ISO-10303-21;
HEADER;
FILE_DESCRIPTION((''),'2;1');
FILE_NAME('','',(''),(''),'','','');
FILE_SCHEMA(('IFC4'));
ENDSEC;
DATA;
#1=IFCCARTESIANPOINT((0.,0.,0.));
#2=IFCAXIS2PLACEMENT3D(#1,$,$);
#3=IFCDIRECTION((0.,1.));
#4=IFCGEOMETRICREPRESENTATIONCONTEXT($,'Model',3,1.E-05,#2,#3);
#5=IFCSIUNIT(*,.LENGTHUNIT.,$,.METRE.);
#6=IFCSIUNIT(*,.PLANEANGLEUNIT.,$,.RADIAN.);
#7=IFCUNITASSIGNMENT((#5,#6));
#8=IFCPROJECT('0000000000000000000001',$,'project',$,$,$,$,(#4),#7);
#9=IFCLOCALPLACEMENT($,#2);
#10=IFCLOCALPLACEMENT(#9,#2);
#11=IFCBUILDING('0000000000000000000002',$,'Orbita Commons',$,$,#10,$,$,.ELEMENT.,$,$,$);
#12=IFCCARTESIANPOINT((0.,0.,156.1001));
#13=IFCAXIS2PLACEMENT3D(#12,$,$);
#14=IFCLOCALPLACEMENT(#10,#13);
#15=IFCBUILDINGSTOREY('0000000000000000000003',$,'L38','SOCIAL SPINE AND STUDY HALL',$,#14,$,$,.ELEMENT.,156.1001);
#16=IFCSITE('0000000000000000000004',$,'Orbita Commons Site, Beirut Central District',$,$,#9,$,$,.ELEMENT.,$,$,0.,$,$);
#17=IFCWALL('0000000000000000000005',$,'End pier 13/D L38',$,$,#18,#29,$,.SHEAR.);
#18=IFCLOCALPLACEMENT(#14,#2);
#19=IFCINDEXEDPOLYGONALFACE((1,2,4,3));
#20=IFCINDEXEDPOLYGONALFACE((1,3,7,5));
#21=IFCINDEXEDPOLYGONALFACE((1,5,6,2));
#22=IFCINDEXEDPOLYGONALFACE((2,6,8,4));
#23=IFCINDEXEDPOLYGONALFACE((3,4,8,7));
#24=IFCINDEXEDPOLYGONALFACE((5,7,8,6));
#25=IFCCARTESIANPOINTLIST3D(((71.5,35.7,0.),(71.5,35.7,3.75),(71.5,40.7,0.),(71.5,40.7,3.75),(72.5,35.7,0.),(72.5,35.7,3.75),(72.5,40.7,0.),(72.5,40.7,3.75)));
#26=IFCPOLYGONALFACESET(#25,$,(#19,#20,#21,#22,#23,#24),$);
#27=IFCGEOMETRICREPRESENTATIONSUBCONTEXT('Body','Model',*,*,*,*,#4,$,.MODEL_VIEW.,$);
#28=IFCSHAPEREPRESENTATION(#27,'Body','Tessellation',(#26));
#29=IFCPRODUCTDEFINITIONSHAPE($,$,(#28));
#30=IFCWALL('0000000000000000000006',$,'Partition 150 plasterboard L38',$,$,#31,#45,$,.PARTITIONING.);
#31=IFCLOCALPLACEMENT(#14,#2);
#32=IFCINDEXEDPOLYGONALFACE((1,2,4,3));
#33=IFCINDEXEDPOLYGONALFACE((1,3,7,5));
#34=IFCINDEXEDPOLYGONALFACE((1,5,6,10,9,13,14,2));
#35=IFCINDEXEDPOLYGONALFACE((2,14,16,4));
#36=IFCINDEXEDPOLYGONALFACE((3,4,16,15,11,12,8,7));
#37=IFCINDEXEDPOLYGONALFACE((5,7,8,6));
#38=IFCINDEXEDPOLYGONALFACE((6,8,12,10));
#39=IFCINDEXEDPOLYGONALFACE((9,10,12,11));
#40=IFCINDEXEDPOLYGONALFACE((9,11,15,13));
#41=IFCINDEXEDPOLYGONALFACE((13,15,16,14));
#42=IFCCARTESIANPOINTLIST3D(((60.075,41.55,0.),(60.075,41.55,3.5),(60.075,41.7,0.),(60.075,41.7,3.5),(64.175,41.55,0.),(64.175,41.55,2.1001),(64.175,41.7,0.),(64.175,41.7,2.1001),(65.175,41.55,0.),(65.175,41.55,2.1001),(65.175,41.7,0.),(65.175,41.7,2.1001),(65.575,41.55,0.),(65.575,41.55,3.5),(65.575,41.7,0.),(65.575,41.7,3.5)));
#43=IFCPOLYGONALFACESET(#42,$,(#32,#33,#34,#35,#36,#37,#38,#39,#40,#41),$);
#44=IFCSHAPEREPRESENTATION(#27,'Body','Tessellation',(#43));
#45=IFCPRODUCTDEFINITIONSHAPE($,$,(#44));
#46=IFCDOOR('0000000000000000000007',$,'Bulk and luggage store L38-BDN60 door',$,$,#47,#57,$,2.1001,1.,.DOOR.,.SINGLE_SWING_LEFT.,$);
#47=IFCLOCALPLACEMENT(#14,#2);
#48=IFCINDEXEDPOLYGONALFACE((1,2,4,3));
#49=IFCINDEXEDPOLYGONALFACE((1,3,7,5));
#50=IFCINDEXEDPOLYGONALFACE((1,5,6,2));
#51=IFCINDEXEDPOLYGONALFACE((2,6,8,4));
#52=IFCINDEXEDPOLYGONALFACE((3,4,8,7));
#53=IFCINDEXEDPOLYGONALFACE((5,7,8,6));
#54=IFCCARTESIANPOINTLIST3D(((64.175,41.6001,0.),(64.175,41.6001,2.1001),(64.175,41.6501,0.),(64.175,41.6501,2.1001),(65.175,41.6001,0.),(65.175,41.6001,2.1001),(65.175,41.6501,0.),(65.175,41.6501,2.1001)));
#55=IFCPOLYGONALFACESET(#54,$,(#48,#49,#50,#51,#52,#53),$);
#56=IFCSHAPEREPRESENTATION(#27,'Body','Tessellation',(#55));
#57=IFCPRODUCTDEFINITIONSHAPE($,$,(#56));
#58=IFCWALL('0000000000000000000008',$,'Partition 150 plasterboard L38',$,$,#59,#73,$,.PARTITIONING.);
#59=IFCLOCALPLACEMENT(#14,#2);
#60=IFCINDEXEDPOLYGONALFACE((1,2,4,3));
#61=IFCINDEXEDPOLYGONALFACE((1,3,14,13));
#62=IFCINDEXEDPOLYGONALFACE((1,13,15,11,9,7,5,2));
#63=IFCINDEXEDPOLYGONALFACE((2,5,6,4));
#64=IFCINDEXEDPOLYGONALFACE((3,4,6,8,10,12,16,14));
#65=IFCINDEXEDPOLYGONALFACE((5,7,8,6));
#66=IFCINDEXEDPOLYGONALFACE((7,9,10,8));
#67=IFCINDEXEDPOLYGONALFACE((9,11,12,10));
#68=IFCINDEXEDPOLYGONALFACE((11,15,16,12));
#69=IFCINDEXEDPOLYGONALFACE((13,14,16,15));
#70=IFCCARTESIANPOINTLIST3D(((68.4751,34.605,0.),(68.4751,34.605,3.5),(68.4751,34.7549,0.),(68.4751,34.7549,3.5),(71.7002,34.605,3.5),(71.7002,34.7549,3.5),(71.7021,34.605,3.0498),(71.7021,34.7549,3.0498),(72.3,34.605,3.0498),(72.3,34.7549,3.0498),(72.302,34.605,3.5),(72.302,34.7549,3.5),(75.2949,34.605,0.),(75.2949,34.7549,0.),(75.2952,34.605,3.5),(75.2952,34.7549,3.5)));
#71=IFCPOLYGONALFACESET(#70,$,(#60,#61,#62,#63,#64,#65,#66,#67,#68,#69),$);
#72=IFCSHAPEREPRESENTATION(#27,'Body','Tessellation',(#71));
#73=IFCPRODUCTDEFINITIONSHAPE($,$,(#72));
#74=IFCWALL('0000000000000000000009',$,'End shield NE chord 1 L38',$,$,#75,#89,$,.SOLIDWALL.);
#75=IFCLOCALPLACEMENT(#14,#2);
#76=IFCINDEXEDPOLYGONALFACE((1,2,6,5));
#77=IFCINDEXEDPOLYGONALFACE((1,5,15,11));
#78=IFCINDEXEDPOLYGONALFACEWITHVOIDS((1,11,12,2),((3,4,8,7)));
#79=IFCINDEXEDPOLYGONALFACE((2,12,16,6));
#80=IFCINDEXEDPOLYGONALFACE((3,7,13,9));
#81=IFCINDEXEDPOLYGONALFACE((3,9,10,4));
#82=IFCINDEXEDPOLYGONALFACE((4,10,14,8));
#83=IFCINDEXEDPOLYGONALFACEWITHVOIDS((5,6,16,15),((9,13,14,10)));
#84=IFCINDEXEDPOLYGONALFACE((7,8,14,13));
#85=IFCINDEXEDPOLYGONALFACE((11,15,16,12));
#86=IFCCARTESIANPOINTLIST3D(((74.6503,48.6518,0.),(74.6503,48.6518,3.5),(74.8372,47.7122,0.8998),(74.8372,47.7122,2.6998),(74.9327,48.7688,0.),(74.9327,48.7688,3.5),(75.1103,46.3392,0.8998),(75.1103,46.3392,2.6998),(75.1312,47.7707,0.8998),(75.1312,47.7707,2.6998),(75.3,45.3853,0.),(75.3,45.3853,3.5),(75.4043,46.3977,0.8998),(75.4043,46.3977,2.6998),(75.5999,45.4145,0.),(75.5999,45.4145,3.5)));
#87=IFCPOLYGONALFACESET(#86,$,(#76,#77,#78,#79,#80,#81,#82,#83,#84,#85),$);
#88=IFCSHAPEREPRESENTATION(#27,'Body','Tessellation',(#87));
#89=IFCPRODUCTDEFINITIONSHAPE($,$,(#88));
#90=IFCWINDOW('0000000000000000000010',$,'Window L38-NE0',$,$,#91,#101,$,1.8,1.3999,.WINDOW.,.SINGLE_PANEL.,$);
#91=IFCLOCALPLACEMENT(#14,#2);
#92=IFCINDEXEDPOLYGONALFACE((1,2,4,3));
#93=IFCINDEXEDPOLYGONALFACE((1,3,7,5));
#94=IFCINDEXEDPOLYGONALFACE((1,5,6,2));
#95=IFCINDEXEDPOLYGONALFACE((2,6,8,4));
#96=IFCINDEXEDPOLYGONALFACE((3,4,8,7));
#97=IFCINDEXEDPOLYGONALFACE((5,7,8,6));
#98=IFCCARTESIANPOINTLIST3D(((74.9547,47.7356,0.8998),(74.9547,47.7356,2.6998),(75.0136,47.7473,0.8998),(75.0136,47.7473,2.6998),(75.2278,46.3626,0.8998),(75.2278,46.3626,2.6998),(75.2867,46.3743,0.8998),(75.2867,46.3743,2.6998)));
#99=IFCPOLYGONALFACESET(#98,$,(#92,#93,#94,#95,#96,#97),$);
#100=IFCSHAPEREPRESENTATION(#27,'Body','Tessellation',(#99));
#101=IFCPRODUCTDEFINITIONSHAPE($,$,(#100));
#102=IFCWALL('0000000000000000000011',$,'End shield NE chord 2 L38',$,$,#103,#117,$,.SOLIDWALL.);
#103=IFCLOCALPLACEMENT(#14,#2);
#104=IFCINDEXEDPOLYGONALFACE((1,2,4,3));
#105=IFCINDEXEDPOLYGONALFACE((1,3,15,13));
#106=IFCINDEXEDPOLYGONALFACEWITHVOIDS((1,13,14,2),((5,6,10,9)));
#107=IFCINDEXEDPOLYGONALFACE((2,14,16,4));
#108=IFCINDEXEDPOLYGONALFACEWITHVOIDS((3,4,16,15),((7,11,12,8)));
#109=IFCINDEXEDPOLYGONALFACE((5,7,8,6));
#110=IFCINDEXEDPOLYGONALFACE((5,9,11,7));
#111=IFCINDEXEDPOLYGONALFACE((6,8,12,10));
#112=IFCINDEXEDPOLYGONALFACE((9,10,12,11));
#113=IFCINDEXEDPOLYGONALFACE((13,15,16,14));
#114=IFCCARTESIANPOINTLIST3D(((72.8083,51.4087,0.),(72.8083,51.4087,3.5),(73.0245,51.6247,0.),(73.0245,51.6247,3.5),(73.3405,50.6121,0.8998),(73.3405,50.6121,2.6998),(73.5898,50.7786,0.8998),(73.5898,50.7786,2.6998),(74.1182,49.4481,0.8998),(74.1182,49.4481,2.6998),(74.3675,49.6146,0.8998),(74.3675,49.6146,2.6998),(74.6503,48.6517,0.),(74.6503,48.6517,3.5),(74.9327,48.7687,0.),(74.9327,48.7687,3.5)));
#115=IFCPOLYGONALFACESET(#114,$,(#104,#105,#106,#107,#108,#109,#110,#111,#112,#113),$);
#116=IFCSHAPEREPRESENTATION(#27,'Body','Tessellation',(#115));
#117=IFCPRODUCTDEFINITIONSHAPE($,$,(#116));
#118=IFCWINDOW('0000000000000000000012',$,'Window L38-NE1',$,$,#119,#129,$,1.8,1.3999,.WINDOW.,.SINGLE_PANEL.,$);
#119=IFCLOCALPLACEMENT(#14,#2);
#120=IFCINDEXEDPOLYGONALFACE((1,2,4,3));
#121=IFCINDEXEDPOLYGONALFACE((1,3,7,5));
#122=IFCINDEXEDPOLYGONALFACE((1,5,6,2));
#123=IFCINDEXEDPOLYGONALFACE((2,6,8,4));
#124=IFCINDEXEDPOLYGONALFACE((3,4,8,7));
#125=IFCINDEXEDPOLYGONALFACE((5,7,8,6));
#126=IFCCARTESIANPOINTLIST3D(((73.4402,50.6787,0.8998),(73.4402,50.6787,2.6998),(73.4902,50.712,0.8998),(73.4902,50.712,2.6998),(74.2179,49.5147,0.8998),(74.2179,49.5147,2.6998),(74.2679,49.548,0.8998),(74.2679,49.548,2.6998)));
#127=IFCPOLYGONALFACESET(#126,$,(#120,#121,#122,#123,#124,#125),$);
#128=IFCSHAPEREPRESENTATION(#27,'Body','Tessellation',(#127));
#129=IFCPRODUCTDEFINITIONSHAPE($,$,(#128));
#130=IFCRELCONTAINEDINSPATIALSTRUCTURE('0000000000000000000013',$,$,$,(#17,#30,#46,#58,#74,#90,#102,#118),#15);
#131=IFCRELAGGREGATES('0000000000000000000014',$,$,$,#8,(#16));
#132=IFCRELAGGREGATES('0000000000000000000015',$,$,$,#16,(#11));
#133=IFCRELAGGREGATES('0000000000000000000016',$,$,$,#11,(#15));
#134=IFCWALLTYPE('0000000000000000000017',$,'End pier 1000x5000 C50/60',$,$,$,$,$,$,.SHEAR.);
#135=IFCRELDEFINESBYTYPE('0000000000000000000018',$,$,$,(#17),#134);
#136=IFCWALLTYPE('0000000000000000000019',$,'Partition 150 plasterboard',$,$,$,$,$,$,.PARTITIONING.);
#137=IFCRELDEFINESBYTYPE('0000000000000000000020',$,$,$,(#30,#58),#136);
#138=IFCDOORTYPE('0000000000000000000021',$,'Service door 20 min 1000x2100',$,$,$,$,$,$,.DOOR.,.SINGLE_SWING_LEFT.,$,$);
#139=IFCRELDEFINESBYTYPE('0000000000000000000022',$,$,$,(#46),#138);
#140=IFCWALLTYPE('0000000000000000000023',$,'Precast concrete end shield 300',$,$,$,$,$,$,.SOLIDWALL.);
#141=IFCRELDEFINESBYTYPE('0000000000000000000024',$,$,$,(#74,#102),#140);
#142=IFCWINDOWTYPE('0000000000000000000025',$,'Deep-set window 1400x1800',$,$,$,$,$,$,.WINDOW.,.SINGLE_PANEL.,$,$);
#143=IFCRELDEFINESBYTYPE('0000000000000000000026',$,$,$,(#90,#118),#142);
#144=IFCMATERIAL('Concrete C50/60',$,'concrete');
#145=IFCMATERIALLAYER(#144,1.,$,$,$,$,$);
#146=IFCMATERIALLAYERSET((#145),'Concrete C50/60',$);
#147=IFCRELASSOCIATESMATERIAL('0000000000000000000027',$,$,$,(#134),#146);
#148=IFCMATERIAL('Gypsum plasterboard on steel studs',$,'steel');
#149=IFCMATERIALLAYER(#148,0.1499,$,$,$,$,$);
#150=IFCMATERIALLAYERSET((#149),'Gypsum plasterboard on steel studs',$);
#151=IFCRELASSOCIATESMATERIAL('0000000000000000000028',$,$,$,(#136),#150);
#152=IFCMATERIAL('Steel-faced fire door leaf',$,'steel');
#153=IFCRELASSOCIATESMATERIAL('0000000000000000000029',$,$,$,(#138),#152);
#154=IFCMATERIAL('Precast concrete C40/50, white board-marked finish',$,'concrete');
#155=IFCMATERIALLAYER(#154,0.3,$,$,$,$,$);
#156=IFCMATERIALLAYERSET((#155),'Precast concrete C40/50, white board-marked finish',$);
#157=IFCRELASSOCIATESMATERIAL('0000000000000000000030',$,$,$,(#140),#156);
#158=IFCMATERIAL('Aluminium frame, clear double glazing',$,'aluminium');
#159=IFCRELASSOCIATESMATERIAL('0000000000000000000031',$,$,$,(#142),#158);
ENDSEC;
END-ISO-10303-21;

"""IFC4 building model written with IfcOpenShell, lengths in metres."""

from ifc_helpers import new_model, si_unit, direction, frame, frame_2d, origin, place, context, subcontext, project, spatial, polyline, rectangle, outline, extrude, material, layer, layer_set, type_object, element, fill, save


model = new_model("IFC4")

# Units and contexts
model_context = context("Model", 3, precision=1e-05, world=origin(), true_north=direction((0.0, 1.0)))
body_context = subcontext(model_context, "Body", "Model", "MODEL_VIEW")
ifc_project = project(units=[si_unit("LENGTHUNIT", "METRE"), si_unit("PLANEANGLEUNIT", "RADIAN")], contexts=[model_context])

# Site, building, storey
site_placement = place(None, origin())
site = spatial("IfcSite", under=ifc_project, at=site_placement, Name="Orbita Commons Site, Beirut Central District", CompositionType="ELEMENT", RefElevation=0.0)
building_placement = place(site_placement, origin())
building = spatial("IfcBuilding", under=site, at=building_placement, Name="Orbita Commons", CompositionType="ELEMENT")
storey_placement = place(building_placement, frame((0.0, 0.0, 156.1001)))
storey = spatial("IfcBuildingStorey", under=building, at=storey_placement, Name="L38", Description="SOCIAL SPINE AND STUDY HALL", CompositionType="ELEMENT", Elevation=156.1001)

# Wall
ifc_material_1 = material(Name="Concrete C50/60", Category="concrete")
ifc_layer_1 = layer(ifc_material_1, 1.0)
ifc_layer_set_1 = layer_set([ifc_layer_1], Name="Concrete C50/60")
wall_type_1 = type_object("IfcWallType", Name="End pier 1000x5000 C50/60", PredefinedType="SHEAR", material=ifc_layer_set_1)
wall_1_placement = place(storey_placement, frame((72.0, 35.7, 0.0), z_axis=(0.0, 0.0, 1.0), x_axis=(0.0, 1.0, 0.0)))
element("IfcWall", 1, at=wall_1_placement, inside=storey, type_object=wall_type_1, Name="End pier 13/D L38", PredefinedType="SHEAR", context=body_context, shape_type="SweptSolid", body=[
    extrude(rectangle(XDim=5.0, YDim=1.0, at=frame_2d((2.5, 0.0))), origin(), (0.0, 0.0, 1.0), 3.75),
])

# Wall, opening, door
ifc_material_2 = material(Name="Gypsum plasterboard on steel studs", Category="steel")
ifc_layer_2 = layer(ifc_material_2, 0.1499)
ifc_layer_set_2 = layer_set([ifc_layer_2], Name="Gypsum plasterboard on steel studs")
wall_type_2 = type_object("IfcWallType", Name="Partition 150 plasterboard", PredefinedType="PARTITIONING", material=ifc_layer_set_2)
wall_2_placement = place(storey_placement, frame((65.575, 41.625, 0.0), z_axis=(0.0, 0.0, 1.0), x_axis=(-1.0, 0.0, 0.0)))
wall_2 = element("IfcWall", 2, at=wall_2_placement, inside=storey, type_object=wall_type_2, Name="Partition 150 plasterboard L38", PredefinedType="PARTITIONING", context=body_context, shape_type="SweptSolid", body=[
    extrude(rectangle(XDim=5.5, YDim=0.1499, at=frame_2d((2.75, 0.0))), origin(), (0.0, 0.0, 1.0), 3.5),
])
opening_1_placement = place(wall_2_placement, frame((0.3999, 0.0, 0.0)))
opening_1 = element("IfcOpeningElement", 3, at=opening_1_placement, cuts=wall_2, PredefinedType="OPENING", context=body_context, shape_type="SweptSolid", body=[
    extrude(rectangle(XDim=1.0, YDim=2.1001, at=frame_2d((0.5, 1.05))), frame((0.0, 0.085, 0.0), z_axis=(0.0, -1.0, 0.0), x_axis=(1.0, 0.0, 0.0)), (0.0, 0.0, 1.0), 0.1699),
])
ifc_material_3 = material(Name="Steel-faced fire door leaf", Category="steel")
door_type_1 = type_object("IfcDoorType", Name="Service door 20 min 1000x2100", OperationType="SINGLE_SWING_LEFT", PredefinedType="DOOR", material=ifc_material_3)
door_1_placement = place(opening_1_placement, origin())
door_1 = element("IfcDoor", 4, at=door_1_placement, inside=storey, type_object=door_type_1, Name="Bulk and luggage store L38-BDN60 door", OperationType="SINGLE_SWING_LEFT", OverallHeight=2.1001, OverallWidth=1.0, PredefinedType="DOOR", context=body_context, shape_type="SweptSolid", body=[
    extrude(rectangle(XDim=1.0, YDim=2.1001, at=frame_2d((0.5, 1.05))), frame((0.0, 0.0249, 0.0), z_axis=(0.0, -1.0, 0.0), x_axis=(1.0, 0.0, 0.0)), (0.0, 0.0, 1.0), 0.05),
])
fill(opening_1, door_1)

# Wall
wall_3_placement = place(storey_placement, frame((68.4751, 34.6799, 0.0), z_axis=(0.0, 0.0, 1.0), x_axis=(1.0, 0.0, 0.0)))
element("IfcWall", 5, at=wall_3_placement, inside=storey, type_object=wall_type_2, Name="Partition 150 plasterboard L38", PredefinedType="PARTITIONING", context=body_context, shape_type="SweptSolid", body=[
    extrude(outline(polyline([(0.0, 0.0), (6.8198, 0.0), (6.8201, 3.5), (3.8269, 3.5), (3.825, 3.0498), (3.2271, 3.0498), (3.2251, 3.5), (0.0, 3.5), (0.0, 0.0)])), frame((0.0, 0.075, 0.0), z_axis=(0.0, -1.0, 0.0), x_axis=(1.0, 0.0, 0.0)), (0.0, 0.0, 1.0), 0.1499),
])

# Walls, openings, windows
ifc_material_4 = material(Name="Precast concrete C40/50, white board-marked finish", Category="concrete")
ifc_layer_3 = layer(ifc_material_4, 0.3)
ifc_layer_set_3 = layer_set([ifc_layer_3], Name="Precast concrete C40/50, white board-marked finish")
wall_type_3 = type_object("IfcWallType", Name="Precast concrete end shield 300", PredefinedType="SOLIDWALL", material=ifc_layer_set_3)
wall_4_placement = place(storey_placement, frame((75.45, 45.3999, 0.0), z_axis=(0.0, 0.0, 1.0), x_axis=(-0.195087, 0.980786, 0.0)))
wall_4 = element("IfcWall", 6, at=wall_4_placement, inside=storey, type_object=wall_type_3, Name="End shield NE chord 1 L38", PredefinedType="SOLIDWALL", context=body_context, shape_type="SweptSolid", body=[
    extrude(outline(polyline([(-0.0149, -0.1499), (3.405, -0.1499), (3.3455, 0.1499), (0.0149, 0.1499), (-0.0149, -0.1499)])), origin(), (0.0, 0.0, 1.0), 3.5),
])
opening_2_placement = place(wall_4_placement, frame((0.9875, 0.0, 0.8999)))
opening_2 = element("IfcOpeningElement", 7, at=opening_2_placement, cuts=wall_4, PredefinedType="OPENING", context=body_context, shape_type="SweptSolid", body=[
    extrude(rectangle(XDim=1.3999, YDim=1.8, at=frame_2d((0.7, 0.8999))), frame((0.0, 0.1599, 0.0), z_axis=(0.0, -1.0, 0.0), x_axis=(1.0, 0.0, 0.0)), (0.0, 0.0, 1.0), 0.3201),
])
ifc_material_5 = material(Name="Aluminium frame, clear double glazing", Category="aluminium")
window_type = type_object("IfcWindowType", Name="Deep-set window 1400x1800", PartitioningType="SINGLE_PANEL", PredefinedType="WINDOW", material=ifc_material_5)
window_1_placement = place(opening_2_placement, origin())
window_1 = element("IfcWindow", 8, at=window_1_placement, inside=storey, type_object=window_type, Name="Window L38-NE0", OverallHeight=1.8, OverallWidth=1.3999, PartitioningType="SINGLE_PANEL", PredefinedType="WINDOW", context=body_context, shape_type="SweptSolid", body=[
    extrude(rectangle(XDim=1.3999, YDim=1.8, at=frame_2d((0.7, 0.8999))), frame((0.0, 0.03, 0.0), z_axis=(0.0, -1.0, 0.0), x_axis=(1.0, 0.0, 0.0)), (0.0, 0.0, 1.0), 0.0601),
])
fill(opening_2, window_1)
wall_5_placement = place(storey_placement, frame((74.7915, 48.7102, 0.0), z_axis=(0.0, 0.0, 1.0), x_axis=(-0.555535, 0.831493, 0.0)))
wall_5 = element("IfcWall", 9, at=wall_5_placement, inside=storey, type_object=wall_type_3, Name="End shield NE chord 2 L38", PredefinedType="SOLIDWALL", context=body_context, shape_type="SweptSolid", body=[
    extrude(outline(polyline([(-0.0298, -0.1499), (3.405, -0.1499), (3.3455, 0.1499), (0.0298, 0.1499), (-0.0298, -0.1499)])), origin(), (0.0, 0.0, 1.0), 3.5),
])
opening_3_placement = place(wall_5_placement, frame((0.9875, 0.0, 0.8999)))
opening_3 = element("IfcOpeningElement", 10, at=opening_3_placement, cuts=wall_5, PredefinedType="OPENING", context=body_context, shape_type="SweptSolid", body=[
    extrude(rectangle(XDim=1.3999, YDim=1.8, at=frame_2d((0.7, 0.8999))), frame((0.0, 0.1599, 0.0), z_axis=(0.0, -1.0, 0.0), x_axis=(1.0, 0.0, 0.0)), (0.0, 0.0, 1.0), 0.3201),
])
window_2_placement = place(opening_3_placement, origin())
window_2 = element("IfcWindow", 11, at=window_2_placement, inside=storey, type_object=window_type, Name="Window L38-NE1", OverallHeight=1.8, OverallWidth=1.3999, PartitioningType="SINGLE_PANEL", PredefinedType="WINDOW", context=body_context, shape_type="SweptSolid", body=[
    extrude(rectangle(XDim=1.3999, YDim=1.8, at=frame_2d((0.7, 0.8999))), frame((0.0, 0.03, 0.0), z_axis=(0.0, -1.0, 0.0), x_axis=(1.0, 0.0, 0.0)), (0.0, 0.0, 1.0), 0.0601),
])
fill(opening_3, window_2)

save(model, "model.ifc")
